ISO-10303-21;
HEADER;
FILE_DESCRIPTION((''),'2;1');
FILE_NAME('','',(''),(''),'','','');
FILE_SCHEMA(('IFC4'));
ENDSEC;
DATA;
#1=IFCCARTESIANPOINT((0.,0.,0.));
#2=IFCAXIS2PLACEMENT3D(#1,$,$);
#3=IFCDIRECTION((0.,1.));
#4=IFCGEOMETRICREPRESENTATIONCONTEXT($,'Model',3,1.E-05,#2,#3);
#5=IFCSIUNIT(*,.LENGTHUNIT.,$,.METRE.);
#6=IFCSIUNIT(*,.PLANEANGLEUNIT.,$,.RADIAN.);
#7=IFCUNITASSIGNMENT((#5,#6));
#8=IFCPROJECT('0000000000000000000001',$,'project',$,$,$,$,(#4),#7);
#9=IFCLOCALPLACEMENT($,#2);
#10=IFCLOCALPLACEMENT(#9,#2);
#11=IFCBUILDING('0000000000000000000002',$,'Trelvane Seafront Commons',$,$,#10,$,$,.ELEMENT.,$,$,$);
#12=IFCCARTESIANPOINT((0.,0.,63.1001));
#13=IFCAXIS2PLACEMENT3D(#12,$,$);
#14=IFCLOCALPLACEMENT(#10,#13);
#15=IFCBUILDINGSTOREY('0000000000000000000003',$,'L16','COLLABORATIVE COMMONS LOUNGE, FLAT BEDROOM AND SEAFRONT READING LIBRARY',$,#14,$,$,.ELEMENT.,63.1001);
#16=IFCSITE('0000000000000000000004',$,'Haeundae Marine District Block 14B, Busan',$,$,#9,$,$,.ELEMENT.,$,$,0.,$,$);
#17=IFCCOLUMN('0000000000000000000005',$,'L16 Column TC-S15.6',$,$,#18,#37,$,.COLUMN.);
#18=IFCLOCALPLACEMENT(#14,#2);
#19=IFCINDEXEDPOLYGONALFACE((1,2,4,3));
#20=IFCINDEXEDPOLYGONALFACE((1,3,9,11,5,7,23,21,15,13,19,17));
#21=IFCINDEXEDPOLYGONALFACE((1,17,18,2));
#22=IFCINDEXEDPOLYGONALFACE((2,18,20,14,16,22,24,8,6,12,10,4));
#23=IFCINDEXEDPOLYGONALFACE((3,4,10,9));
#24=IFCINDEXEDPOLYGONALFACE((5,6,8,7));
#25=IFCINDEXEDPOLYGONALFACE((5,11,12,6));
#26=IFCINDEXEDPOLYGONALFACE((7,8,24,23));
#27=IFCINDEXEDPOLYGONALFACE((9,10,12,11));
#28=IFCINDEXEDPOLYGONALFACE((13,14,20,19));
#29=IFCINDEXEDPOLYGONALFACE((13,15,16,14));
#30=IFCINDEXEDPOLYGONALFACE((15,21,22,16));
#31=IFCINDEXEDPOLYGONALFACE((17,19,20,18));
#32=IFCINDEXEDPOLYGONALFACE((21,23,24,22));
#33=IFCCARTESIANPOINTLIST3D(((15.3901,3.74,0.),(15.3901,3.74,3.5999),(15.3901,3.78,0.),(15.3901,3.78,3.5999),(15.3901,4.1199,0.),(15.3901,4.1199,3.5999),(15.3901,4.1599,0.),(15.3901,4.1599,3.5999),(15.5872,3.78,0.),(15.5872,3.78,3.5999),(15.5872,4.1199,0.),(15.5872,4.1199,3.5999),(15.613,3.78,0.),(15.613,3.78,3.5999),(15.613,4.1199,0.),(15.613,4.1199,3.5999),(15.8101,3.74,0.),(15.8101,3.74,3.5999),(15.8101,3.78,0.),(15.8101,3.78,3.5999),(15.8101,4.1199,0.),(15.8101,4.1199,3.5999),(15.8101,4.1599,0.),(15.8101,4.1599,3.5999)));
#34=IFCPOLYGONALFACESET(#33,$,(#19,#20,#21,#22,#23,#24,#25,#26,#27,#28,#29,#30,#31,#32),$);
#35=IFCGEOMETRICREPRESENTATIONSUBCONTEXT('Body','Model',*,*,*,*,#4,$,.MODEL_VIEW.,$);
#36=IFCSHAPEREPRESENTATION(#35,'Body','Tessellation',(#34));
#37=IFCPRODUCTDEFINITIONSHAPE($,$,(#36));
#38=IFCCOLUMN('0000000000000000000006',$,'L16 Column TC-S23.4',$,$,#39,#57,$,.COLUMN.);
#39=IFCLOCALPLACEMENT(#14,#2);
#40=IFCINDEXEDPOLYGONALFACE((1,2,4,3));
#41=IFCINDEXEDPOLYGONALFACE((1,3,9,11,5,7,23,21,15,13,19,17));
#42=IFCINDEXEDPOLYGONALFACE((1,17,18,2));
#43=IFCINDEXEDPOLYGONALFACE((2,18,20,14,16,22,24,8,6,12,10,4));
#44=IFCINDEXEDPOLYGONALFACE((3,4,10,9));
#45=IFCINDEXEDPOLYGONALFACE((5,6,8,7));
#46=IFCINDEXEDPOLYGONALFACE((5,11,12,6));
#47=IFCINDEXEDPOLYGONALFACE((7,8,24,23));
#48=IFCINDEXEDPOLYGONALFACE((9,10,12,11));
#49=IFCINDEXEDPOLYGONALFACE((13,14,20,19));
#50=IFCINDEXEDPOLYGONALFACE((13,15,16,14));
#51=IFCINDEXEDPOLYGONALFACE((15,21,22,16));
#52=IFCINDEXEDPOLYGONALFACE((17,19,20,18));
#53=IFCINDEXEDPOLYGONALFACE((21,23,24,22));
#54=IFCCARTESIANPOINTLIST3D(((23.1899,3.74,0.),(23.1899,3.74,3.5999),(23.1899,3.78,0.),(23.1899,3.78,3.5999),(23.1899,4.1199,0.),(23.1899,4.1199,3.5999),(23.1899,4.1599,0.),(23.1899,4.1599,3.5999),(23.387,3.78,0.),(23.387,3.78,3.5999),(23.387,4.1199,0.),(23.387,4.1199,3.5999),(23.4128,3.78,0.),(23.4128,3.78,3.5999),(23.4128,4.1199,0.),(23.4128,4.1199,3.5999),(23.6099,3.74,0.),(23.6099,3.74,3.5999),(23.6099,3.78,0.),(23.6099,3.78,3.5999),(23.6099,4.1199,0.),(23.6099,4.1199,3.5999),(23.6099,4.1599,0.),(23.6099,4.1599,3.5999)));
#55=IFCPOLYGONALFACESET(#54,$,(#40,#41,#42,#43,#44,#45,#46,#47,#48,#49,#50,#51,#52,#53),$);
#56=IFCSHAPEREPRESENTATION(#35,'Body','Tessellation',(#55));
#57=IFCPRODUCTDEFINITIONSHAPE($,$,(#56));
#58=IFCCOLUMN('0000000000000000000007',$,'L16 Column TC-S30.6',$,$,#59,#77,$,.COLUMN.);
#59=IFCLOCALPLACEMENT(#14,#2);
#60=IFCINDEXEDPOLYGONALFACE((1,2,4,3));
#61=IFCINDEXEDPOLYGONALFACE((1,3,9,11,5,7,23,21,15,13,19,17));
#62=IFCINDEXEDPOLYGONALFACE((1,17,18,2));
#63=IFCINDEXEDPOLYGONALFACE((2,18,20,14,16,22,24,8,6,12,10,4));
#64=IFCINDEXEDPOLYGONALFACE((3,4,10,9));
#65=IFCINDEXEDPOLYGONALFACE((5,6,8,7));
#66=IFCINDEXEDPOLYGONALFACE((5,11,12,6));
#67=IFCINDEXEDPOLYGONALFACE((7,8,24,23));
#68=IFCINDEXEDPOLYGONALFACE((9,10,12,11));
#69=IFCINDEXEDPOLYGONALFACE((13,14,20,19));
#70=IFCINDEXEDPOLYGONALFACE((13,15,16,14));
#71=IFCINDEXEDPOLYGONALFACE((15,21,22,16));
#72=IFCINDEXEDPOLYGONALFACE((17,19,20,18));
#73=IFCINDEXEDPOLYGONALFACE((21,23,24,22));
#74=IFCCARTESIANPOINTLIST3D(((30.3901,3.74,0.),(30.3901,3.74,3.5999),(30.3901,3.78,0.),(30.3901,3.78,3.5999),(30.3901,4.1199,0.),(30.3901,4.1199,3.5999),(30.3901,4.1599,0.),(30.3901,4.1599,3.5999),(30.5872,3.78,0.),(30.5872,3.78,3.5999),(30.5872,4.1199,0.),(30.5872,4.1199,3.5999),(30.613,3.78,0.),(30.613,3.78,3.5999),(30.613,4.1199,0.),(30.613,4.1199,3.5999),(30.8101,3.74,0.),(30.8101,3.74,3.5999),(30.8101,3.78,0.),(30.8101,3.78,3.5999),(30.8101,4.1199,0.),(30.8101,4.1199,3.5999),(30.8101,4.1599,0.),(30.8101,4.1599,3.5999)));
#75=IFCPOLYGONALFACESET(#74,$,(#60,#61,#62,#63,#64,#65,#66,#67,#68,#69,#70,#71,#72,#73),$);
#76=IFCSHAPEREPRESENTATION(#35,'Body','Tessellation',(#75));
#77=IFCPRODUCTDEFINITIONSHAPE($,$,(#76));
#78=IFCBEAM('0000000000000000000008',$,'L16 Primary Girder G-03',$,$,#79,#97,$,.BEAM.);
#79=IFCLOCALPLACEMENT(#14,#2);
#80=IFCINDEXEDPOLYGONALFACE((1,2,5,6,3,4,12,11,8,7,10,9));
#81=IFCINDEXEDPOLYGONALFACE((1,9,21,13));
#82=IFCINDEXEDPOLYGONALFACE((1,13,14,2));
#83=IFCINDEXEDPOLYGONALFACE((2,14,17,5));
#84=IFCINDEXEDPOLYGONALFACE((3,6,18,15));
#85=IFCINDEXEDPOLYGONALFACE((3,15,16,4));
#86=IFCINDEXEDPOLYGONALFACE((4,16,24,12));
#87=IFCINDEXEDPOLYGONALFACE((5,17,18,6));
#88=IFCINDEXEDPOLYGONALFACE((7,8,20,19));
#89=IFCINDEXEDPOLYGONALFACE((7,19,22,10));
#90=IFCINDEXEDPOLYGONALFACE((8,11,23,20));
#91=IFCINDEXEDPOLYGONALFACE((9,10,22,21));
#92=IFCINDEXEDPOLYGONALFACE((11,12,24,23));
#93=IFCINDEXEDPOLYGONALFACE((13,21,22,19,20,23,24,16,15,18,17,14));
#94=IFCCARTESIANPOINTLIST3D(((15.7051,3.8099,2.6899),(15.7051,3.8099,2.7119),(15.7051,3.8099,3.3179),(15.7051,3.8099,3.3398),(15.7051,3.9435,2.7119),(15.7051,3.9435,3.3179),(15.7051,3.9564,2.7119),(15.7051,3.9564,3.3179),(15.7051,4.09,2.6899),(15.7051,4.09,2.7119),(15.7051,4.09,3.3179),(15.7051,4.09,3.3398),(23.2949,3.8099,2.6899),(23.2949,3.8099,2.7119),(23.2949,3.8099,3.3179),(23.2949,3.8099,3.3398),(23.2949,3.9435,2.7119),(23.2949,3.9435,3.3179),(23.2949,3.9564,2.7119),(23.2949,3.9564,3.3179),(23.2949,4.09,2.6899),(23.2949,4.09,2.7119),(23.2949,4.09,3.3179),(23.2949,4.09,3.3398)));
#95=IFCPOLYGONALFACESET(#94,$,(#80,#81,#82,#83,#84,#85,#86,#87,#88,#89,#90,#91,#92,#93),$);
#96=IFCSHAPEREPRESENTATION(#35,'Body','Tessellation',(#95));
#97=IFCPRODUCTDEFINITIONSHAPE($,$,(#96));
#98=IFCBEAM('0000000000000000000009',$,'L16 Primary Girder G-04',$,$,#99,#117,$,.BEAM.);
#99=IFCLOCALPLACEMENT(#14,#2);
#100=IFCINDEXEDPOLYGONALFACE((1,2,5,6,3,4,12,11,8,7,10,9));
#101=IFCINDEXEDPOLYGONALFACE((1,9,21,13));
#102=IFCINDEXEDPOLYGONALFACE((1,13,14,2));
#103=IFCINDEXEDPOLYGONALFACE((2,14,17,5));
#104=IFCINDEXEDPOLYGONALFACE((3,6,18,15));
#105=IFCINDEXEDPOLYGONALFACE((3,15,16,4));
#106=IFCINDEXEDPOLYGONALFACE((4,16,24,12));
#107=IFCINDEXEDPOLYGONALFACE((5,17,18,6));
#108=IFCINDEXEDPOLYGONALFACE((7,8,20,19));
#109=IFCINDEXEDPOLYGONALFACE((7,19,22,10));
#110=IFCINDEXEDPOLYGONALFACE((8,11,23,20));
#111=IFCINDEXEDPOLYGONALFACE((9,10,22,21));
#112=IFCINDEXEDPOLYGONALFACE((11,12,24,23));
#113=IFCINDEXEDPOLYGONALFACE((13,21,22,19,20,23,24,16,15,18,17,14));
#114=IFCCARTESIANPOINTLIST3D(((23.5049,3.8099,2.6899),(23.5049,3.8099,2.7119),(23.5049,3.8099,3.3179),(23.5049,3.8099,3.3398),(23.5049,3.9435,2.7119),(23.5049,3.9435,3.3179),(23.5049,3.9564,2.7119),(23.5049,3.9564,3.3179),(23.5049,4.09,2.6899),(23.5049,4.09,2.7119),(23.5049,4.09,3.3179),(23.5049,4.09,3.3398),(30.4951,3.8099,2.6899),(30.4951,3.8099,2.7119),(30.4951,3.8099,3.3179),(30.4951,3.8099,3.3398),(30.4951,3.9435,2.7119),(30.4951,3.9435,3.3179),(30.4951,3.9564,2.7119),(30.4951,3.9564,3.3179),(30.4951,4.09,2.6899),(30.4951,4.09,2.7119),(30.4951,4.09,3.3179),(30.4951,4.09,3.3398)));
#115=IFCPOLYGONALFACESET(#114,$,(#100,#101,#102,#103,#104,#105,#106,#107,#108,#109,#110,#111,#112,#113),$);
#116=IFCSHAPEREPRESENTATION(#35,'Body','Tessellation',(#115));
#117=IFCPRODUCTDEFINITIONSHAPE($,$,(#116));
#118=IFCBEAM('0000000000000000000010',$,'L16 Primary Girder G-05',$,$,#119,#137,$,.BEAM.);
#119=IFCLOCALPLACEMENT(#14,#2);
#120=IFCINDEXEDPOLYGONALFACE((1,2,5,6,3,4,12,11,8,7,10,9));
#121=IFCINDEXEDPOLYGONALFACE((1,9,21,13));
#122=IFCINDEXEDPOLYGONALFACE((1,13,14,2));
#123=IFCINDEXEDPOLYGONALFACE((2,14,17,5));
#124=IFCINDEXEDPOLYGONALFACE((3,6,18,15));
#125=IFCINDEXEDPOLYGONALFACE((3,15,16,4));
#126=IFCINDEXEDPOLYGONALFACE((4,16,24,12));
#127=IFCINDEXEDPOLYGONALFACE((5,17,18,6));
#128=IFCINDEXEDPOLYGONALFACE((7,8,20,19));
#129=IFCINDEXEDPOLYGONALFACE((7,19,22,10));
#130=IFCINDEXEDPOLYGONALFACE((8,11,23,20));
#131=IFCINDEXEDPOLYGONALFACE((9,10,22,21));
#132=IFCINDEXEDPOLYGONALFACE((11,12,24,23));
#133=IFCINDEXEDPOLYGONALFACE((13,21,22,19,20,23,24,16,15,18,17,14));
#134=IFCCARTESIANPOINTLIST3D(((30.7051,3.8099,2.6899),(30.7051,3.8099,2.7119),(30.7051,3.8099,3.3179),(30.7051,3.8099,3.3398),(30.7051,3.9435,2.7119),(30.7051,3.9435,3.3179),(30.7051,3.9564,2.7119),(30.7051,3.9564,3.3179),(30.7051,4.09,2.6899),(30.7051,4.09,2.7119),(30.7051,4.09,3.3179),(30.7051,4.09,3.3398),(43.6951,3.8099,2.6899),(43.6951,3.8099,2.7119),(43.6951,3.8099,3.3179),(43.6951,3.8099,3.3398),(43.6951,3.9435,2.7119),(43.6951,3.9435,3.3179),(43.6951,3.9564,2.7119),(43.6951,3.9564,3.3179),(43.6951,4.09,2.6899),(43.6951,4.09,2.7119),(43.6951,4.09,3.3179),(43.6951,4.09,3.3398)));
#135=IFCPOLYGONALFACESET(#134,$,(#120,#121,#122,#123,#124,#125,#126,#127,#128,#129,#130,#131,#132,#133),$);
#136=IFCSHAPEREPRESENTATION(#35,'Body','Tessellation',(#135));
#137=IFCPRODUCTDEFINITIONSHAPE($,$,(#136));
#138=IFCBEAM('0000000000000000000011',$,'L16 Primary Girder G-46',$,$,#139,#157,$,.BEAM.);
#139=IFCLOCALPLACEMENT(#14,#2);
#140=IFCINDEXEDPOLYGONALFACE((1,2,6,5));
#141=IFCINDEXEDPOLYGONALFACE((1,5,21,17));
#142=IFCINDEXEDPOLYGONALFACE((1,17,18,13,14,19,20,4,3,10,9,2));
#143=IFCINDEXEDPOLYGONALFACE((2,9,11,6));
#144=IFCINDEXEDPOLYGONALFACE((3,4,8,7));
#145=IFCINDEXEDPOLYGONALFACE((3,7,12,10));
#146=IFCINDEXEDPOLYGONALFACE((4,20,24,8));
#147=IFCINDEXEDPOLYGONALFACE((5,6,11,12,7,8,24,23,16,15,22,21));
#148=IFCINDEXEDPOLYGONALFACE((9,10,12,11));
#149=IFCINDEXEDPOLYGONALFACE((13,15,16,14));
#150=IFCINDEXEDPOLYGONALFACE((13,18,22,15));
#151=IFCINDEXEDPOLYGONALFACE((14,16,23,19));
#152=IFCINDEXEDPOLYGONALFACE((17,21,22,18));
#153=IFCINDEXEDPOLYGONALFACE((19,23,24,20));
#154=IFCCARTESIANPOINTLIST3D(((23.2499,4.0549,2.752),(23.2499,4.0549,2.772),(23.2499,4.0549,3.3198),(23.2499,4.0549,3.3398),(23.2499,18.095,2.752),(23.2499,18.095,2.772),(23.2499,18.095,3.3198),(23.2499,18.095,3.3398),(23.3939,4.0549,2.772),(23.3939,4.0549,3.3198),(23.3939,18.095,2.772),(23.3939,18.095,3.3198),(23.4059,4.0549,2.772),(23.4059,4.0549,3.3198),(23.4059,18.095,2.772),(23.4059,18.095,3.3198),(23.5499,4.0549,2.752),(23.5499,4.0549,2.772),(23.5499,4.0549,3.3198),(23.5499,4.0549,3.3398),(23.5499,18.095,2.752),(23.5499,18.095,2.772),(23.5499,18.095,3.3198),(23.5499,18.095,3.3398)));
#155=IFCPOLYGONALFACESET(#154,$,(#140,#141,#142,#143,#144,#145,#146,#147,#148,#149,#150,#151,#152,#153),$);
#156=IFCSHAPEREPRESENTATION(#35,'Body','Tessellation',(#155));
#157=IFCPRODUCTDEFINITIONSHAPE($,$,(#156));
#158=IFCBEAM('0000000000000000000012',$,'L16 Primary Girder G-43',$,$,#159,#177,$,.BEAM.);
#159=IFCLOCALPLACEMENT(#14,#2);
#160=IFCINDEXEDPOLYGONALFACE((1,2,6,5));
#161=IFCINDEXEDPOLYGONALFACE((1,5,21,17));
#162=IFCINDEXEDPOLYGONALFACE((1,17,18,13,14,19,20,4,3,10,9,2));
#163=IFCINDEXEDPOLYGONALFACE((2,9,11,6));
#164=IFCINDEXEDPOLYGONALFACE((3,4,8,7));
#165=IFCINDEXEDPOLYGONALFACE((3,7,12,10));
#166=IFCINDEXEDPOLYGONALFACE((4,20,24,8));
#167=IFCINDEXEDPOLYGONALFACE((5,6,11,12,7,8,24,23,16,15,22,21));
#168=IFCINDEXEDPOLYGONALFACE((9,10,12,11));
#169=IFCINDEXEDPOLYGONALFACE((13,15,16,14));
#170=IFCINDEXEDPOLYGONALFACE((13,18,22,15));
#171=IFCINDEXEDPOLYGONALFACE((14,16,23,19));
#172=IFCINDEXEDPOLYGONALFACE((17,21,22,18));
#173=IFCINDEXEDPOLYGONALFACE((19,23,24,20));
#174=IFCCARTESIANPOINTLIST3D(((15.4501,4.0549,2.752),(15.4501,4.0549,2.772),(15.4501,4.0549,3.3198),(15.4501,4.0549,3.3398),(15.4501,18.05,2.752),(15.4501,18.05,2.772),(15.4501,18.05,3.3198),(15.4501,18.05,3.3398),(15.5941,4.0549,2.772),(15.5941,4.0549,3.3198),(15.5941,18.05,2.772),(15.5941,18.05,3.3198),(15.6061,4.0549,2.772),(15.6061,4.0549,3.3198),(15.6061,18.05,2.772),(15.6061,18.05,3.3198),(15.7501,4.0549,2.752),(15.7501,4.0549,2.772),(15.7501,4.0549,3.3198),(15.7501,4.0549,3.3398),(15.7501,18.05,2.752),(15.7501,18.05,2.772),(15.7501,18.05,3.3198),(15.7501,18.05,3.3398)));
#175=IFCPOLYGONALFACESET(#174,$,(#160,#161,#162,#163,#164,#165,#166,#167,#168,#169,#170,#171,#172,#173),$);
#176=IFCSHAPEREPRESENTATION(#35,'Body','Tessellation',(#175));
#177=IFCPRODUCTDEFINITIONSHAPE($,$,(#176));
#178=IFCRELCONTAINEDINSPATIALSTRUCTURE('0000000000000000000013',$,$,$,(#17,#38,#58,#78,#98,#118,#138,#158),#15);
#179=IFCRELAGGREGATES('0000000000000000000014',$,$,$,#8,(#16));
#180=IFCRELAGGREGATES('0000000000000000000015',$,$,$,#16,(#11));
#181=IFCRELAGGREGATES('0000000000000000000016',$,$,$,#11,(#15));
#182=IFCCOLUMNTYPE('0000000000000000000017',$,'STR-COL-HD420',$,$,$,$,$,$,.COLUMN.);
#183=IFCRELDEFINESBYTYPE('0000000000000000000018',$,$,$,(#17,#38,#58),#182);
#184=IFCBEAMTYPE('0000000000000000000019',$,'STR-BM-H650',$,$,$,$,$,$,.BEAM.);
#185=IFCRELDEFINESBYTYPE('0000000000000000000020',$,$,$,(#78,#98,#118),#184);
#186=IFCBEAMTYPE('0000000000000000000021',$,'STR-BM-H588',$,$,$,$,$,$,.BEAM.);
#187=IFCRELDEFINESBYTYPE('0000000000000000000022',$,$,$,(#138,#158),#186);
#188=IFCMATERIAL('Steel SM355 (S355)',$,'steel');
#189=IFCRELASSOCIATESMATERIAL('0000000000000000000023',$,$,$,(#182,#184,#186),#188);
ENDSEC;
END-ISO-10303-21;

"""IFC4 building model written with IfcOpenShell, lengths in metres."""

from ifc_helpers import new_model, si_unit, direction, frame, origin, origin_2d, place, context, subcontext, project, spatial, i_section, extrude, source, transform, mapped, material, material_profile, profile_set, type_object, element, save


model = new_model("IFC4")

# Units and contexts
model_context = context("Model", 3, precision=1e-05, world=origin(), true_north=direction((0.0, 1.0)))
body_context = subcontext(model_context, "Body", "Model", "MODEL_VIEW")
ifc_project = project(units=[si_unit("LENGTHUNIT", "METRE"), si_unit("PLANEANGLEUNIT", "RADIAN")], contexts=[model_context])

# Site, building, storey
site_placement = place(None, origin())
site = spatial("IfcSite", under=ifc_project, at=site_placement, Name="Haeundae Marine District Block 14B, Busan", CompositionType="ELEMENT", RefElevation=0.0)
building_placement = place(site_placement, origin())
building = spatial("IfcBuilding", under=site, at=building_placement, Name="Trelvane Seafront Commons", CompositionType="ELEMENT")
storey_placement = place(building_placement, frame((0.0, 0.0, 63.1001)))
storey = spatial("IfcBuildingStorey", under=building, at=storey_placement, Name="L16", Description="COLLABORATIVE COMMONS LOUNGE, FLAT BEDROOM AND SEAFRONT READING LIBRARY", CompositionType="ELEMENT", Elevation=63.1001)

# Columns
ifc_material_1 = material(Name="Steel SM355 (S355)", Category="steel")
ifc_material_profile_1 = material_profile(ifc_material_1, i_section(OverallWidth=0.4199, OverallDepth=0.4199, WebThickness=0.0259, FlangeThickness=0.04, at=origin_2d()), Name="HD-420x420x26x40")
ifc_profile_set_1 = profile_set([ifc_material_profile_1], Name="Steel SM355 (S355)")
column_type = type_object("IfcColumnType", Name="STR-COL-HD420", PredefinedType="COLUMN", material=ifc_profile_set_1)
shared_shape_1 = source(origin(), body_context, "Body", "SweptSolid", [
    extrude(i_section(OverallWidth=0.4199, OverallDepth=0.4199, WebThickness=0.0259, FlangeThickness=0.04, at=origin_2d()), origin(), (0.0, 0.0, 1.0), 3.5999),
])
for number, where, z_axis, x_axis, name in (
    (1, (15.6001, 3.95, 0.0), (0.0, 0.0, 1.0), (1.0, 0.0, 0.0), "L16 Column TC-S15.6"),
    (2, (23.3999, 3.95, 0.0), (0.0, 0.0, 1.0), (1.0, 0.0, 0.0), "L16 Column TC-S23.4"),
    (3, (30.6001, 3.95, 0.0), (0.0, 0.0, 1.0), (1.0, 0.0, 0.0), "L16 Column TC-S30.6"),
):
    element("IfcColumn", number, at=place(storey_placement, frame(where, z_axis=z_axis, x_axis=x_axis)), inside=storey, type_object=column_type, Name=name, PredefinedType="COLUMN", context=body_context, shape_type="MappedRepresentation", body=[
        mapped(shared_shape_1, transform((0.0, 0.0, 0.0), x_axis=(1.0, 0.0, 0.0), y_axis=(0.0, 1.0, 0.0), z_axis=(0.0, 0.0, 1.0), scale=1.0)),
    ])

# Beams
ifc_material_profile_2 = material_profile(ifc_material_1, i_section(OverallWidth=0.28, OverallDepth=0.6499, WebThickness=0.0129, FlangeThickness=0.022, at=origin_2d()), Name="H-650x280x13x22")
ifc_profile_set_2 = profile_set([ifc_material_profile_2], Name="Steel SM355 (S355)")
beam_type_1 = type_object("IfcBeamType", Name="STR-BM-H650", PredefinedType="BEAM", material=ifc_profile_set_2)
shared_shape_2 = source(origin(), body_context, "Body", "SweptSolid", [
    extrude(i_section(OverallWidth=0.28, OverallDepth=0.6499, WebThickness=0.0129, FlangeThickness=0.022, at=origin_2d()), origin(), (0.0, 0.0, 1.0), 7.5898),
])
beam_1_placement = place(storey_placement, frame((15.7051, 3.95, 3.0149), z_axis=(1.0, 0.0, 0.0), x_axis=(0.0, 1.0, 0.0)))
element("IfcBeam", 4, at=beam_1_placement, inside=storey, type_object=beam_type_1, Name="L16 Primary Girder G-03", PredefinedType="BEAM", context=body_context, shape_type="MappedRepresentation", body=[
    mapped(shared_shape_2, transform((0.0, 0.0, 0.0), x_axis=(1.0, 0.0, 0.0), y_axis=(0.0, 1.0, 0.0), z_axis=(0.0, 0.0, 1.0), scale=1.0)),
])
shared_shape_3 = source(origin(), body_context, "Body", "SweptSolid", [
    extrude(i_section(OverallWidth=0.28, OverallDepth=0.6499, WebThickness=0.0129, FlangeThickness=0.022, at=origin_2d()), origin(), (0.0, 0.0, 1.0), 6.9902),
])
beam_2_placement = place(storey_placement, frame((23.5049, 3.95, 3.0149), z_axis=(1.0, 0.0, 0.0), x_axis=(0.0, 1.0, 0.0)))
element("IfcBeam", 5, at=beam_2_placement, inside=storey, type_object=beam_type_1, Name="L16 Primary Girder G-04", PredefinedType="BEAM", context=body_context, shape_type="MappedRepresentation", body=[
    mapped(shared_shape_3, transform((0.0, 0.0, 0.0), x_axis=(1.0, 0.0, 0.0), y_axis=(0.0, 1.0, 0.0), z_axis=(0.0, 0.0, 1.0), scale=1.0)),
])
shared_shape_4 = source(origin(), body_context, "Body", "SweptSolid", [
    extrude(i_section(OverallWidth=0.28, OverallDepth=0.6499, WebThickness=0.0129, FlangeThickness=0.022, at=origin_2d()), origin(), (0.0, 0.0, 1.0), 12.99),
])
beam_3_placement = place(storey_placement, frame((30.7051, 3.95, 3.0149), z_axis=(1.0, 0.0, 0.0), x_axis=(0.0, 1.0, 0.0)))
element("IfcBeam", 6, at=beam_3_placement, inside=storey, type_object=beam_type_1, Name="L16 Primary Girder G-05", PredefinedType="BEAM", context=body_context, shape_type="MappedRepresentation", body=[
    mapped(shared_shape_4, transform((0.0, 0.0, 0.0), x_axis=(1.0, 0.0, 0.0), y_axis=(0.0, 1.0, 0.0), z_axis=(0.0, 0.0, 1.0), scale=1.0)),
])
ifc_material_profile_3 = material_profile(ifc_material_1, i_section(OverallWidth=0.3, OverallDepth=0.5879, WebThickness=0.012, FlangeThickness=0.02, at=origin_2d()), Name="H-588x300x12x20")
ifc_profile_set_3 = profile_set([ifc_material_profile_3], Name="Steel SM355 (S355)")
beam_type_2 = type_object("IfcBeamType", Name="STR-BM-H588", PredefinedType="BEAM", material=ifc_profile_set_3)
shared_shape_5 = source(origin(), body_context, "Body", "SweptSolid", [
    extrude(i_section(OverallWidth=0.3, OverallDepth=0.5879, WebThickness=0.012, FlangeThickness=0.02, at=origin_2d()), origin(), (0.0, 0.0, 1.0), 14.04),
])
beam_4_placement = place(storey_placement, frame((23.3999, 4.0549, 3.0459), z_axis=(0.0, 1.0, 0.0), x_axis=(-1.0, 0.0, 0.0)))
element("IfcBeam", 7, at=beam_4_placement, inside=storey, type_object=beam_type_2, Name="L16 Primary Girder G-46", PredefinedType="BEAM", context=body_context, shape_type="MappedRepresentation", body=[
    mapped(shared_shape_5, transform((0.0, 0.0, 0.0), x_axis=(1.0, 0.0, 0.0), y_axis=(0.0, 1.0, 0.0), z_axis=(0.0, 0.0, 1.0), scale=1.0)),
])
shared_shape_6 = source(origin(), body_context, "Body", "SweptSolid", [
    extrude(i_section(OverallWidth=0.3, OverallDepth=0.5879, WebThickness=0.012, FlangeThickness=0.02, at=origin_2d()), origin(), (0.0, 0.0, 1.0), 13.9951),
])
for number, where, z_axis, x_axis, name in (
    (8, (15.6001, 4.0549, 3.0459), (0.0, 1.0, 0.0), (-1.0, 0.0, 0.0), "L16 Primary Girder G-43"),
):
    element("IfcBeam", number, at=place(storey_placement, frame(where, z_axis=z_axis, x_axis=x_axis)), inside=storey, type_object=beam_type_2, Name=name, PredefinedType="BEAM", context=body_context, shape_type="MappedRepresentation", body=[
        mapped(shared_shape_6, transform((0.0, 0.0, 0.0), x_axis=(1.0, 0.0, 0.0), y_axis=(0.0, 1.0, 0.0), z_axis=(0.0, 0.0, 1.0), scale=1.0)),
    ])

save(model, "model.ifc")
